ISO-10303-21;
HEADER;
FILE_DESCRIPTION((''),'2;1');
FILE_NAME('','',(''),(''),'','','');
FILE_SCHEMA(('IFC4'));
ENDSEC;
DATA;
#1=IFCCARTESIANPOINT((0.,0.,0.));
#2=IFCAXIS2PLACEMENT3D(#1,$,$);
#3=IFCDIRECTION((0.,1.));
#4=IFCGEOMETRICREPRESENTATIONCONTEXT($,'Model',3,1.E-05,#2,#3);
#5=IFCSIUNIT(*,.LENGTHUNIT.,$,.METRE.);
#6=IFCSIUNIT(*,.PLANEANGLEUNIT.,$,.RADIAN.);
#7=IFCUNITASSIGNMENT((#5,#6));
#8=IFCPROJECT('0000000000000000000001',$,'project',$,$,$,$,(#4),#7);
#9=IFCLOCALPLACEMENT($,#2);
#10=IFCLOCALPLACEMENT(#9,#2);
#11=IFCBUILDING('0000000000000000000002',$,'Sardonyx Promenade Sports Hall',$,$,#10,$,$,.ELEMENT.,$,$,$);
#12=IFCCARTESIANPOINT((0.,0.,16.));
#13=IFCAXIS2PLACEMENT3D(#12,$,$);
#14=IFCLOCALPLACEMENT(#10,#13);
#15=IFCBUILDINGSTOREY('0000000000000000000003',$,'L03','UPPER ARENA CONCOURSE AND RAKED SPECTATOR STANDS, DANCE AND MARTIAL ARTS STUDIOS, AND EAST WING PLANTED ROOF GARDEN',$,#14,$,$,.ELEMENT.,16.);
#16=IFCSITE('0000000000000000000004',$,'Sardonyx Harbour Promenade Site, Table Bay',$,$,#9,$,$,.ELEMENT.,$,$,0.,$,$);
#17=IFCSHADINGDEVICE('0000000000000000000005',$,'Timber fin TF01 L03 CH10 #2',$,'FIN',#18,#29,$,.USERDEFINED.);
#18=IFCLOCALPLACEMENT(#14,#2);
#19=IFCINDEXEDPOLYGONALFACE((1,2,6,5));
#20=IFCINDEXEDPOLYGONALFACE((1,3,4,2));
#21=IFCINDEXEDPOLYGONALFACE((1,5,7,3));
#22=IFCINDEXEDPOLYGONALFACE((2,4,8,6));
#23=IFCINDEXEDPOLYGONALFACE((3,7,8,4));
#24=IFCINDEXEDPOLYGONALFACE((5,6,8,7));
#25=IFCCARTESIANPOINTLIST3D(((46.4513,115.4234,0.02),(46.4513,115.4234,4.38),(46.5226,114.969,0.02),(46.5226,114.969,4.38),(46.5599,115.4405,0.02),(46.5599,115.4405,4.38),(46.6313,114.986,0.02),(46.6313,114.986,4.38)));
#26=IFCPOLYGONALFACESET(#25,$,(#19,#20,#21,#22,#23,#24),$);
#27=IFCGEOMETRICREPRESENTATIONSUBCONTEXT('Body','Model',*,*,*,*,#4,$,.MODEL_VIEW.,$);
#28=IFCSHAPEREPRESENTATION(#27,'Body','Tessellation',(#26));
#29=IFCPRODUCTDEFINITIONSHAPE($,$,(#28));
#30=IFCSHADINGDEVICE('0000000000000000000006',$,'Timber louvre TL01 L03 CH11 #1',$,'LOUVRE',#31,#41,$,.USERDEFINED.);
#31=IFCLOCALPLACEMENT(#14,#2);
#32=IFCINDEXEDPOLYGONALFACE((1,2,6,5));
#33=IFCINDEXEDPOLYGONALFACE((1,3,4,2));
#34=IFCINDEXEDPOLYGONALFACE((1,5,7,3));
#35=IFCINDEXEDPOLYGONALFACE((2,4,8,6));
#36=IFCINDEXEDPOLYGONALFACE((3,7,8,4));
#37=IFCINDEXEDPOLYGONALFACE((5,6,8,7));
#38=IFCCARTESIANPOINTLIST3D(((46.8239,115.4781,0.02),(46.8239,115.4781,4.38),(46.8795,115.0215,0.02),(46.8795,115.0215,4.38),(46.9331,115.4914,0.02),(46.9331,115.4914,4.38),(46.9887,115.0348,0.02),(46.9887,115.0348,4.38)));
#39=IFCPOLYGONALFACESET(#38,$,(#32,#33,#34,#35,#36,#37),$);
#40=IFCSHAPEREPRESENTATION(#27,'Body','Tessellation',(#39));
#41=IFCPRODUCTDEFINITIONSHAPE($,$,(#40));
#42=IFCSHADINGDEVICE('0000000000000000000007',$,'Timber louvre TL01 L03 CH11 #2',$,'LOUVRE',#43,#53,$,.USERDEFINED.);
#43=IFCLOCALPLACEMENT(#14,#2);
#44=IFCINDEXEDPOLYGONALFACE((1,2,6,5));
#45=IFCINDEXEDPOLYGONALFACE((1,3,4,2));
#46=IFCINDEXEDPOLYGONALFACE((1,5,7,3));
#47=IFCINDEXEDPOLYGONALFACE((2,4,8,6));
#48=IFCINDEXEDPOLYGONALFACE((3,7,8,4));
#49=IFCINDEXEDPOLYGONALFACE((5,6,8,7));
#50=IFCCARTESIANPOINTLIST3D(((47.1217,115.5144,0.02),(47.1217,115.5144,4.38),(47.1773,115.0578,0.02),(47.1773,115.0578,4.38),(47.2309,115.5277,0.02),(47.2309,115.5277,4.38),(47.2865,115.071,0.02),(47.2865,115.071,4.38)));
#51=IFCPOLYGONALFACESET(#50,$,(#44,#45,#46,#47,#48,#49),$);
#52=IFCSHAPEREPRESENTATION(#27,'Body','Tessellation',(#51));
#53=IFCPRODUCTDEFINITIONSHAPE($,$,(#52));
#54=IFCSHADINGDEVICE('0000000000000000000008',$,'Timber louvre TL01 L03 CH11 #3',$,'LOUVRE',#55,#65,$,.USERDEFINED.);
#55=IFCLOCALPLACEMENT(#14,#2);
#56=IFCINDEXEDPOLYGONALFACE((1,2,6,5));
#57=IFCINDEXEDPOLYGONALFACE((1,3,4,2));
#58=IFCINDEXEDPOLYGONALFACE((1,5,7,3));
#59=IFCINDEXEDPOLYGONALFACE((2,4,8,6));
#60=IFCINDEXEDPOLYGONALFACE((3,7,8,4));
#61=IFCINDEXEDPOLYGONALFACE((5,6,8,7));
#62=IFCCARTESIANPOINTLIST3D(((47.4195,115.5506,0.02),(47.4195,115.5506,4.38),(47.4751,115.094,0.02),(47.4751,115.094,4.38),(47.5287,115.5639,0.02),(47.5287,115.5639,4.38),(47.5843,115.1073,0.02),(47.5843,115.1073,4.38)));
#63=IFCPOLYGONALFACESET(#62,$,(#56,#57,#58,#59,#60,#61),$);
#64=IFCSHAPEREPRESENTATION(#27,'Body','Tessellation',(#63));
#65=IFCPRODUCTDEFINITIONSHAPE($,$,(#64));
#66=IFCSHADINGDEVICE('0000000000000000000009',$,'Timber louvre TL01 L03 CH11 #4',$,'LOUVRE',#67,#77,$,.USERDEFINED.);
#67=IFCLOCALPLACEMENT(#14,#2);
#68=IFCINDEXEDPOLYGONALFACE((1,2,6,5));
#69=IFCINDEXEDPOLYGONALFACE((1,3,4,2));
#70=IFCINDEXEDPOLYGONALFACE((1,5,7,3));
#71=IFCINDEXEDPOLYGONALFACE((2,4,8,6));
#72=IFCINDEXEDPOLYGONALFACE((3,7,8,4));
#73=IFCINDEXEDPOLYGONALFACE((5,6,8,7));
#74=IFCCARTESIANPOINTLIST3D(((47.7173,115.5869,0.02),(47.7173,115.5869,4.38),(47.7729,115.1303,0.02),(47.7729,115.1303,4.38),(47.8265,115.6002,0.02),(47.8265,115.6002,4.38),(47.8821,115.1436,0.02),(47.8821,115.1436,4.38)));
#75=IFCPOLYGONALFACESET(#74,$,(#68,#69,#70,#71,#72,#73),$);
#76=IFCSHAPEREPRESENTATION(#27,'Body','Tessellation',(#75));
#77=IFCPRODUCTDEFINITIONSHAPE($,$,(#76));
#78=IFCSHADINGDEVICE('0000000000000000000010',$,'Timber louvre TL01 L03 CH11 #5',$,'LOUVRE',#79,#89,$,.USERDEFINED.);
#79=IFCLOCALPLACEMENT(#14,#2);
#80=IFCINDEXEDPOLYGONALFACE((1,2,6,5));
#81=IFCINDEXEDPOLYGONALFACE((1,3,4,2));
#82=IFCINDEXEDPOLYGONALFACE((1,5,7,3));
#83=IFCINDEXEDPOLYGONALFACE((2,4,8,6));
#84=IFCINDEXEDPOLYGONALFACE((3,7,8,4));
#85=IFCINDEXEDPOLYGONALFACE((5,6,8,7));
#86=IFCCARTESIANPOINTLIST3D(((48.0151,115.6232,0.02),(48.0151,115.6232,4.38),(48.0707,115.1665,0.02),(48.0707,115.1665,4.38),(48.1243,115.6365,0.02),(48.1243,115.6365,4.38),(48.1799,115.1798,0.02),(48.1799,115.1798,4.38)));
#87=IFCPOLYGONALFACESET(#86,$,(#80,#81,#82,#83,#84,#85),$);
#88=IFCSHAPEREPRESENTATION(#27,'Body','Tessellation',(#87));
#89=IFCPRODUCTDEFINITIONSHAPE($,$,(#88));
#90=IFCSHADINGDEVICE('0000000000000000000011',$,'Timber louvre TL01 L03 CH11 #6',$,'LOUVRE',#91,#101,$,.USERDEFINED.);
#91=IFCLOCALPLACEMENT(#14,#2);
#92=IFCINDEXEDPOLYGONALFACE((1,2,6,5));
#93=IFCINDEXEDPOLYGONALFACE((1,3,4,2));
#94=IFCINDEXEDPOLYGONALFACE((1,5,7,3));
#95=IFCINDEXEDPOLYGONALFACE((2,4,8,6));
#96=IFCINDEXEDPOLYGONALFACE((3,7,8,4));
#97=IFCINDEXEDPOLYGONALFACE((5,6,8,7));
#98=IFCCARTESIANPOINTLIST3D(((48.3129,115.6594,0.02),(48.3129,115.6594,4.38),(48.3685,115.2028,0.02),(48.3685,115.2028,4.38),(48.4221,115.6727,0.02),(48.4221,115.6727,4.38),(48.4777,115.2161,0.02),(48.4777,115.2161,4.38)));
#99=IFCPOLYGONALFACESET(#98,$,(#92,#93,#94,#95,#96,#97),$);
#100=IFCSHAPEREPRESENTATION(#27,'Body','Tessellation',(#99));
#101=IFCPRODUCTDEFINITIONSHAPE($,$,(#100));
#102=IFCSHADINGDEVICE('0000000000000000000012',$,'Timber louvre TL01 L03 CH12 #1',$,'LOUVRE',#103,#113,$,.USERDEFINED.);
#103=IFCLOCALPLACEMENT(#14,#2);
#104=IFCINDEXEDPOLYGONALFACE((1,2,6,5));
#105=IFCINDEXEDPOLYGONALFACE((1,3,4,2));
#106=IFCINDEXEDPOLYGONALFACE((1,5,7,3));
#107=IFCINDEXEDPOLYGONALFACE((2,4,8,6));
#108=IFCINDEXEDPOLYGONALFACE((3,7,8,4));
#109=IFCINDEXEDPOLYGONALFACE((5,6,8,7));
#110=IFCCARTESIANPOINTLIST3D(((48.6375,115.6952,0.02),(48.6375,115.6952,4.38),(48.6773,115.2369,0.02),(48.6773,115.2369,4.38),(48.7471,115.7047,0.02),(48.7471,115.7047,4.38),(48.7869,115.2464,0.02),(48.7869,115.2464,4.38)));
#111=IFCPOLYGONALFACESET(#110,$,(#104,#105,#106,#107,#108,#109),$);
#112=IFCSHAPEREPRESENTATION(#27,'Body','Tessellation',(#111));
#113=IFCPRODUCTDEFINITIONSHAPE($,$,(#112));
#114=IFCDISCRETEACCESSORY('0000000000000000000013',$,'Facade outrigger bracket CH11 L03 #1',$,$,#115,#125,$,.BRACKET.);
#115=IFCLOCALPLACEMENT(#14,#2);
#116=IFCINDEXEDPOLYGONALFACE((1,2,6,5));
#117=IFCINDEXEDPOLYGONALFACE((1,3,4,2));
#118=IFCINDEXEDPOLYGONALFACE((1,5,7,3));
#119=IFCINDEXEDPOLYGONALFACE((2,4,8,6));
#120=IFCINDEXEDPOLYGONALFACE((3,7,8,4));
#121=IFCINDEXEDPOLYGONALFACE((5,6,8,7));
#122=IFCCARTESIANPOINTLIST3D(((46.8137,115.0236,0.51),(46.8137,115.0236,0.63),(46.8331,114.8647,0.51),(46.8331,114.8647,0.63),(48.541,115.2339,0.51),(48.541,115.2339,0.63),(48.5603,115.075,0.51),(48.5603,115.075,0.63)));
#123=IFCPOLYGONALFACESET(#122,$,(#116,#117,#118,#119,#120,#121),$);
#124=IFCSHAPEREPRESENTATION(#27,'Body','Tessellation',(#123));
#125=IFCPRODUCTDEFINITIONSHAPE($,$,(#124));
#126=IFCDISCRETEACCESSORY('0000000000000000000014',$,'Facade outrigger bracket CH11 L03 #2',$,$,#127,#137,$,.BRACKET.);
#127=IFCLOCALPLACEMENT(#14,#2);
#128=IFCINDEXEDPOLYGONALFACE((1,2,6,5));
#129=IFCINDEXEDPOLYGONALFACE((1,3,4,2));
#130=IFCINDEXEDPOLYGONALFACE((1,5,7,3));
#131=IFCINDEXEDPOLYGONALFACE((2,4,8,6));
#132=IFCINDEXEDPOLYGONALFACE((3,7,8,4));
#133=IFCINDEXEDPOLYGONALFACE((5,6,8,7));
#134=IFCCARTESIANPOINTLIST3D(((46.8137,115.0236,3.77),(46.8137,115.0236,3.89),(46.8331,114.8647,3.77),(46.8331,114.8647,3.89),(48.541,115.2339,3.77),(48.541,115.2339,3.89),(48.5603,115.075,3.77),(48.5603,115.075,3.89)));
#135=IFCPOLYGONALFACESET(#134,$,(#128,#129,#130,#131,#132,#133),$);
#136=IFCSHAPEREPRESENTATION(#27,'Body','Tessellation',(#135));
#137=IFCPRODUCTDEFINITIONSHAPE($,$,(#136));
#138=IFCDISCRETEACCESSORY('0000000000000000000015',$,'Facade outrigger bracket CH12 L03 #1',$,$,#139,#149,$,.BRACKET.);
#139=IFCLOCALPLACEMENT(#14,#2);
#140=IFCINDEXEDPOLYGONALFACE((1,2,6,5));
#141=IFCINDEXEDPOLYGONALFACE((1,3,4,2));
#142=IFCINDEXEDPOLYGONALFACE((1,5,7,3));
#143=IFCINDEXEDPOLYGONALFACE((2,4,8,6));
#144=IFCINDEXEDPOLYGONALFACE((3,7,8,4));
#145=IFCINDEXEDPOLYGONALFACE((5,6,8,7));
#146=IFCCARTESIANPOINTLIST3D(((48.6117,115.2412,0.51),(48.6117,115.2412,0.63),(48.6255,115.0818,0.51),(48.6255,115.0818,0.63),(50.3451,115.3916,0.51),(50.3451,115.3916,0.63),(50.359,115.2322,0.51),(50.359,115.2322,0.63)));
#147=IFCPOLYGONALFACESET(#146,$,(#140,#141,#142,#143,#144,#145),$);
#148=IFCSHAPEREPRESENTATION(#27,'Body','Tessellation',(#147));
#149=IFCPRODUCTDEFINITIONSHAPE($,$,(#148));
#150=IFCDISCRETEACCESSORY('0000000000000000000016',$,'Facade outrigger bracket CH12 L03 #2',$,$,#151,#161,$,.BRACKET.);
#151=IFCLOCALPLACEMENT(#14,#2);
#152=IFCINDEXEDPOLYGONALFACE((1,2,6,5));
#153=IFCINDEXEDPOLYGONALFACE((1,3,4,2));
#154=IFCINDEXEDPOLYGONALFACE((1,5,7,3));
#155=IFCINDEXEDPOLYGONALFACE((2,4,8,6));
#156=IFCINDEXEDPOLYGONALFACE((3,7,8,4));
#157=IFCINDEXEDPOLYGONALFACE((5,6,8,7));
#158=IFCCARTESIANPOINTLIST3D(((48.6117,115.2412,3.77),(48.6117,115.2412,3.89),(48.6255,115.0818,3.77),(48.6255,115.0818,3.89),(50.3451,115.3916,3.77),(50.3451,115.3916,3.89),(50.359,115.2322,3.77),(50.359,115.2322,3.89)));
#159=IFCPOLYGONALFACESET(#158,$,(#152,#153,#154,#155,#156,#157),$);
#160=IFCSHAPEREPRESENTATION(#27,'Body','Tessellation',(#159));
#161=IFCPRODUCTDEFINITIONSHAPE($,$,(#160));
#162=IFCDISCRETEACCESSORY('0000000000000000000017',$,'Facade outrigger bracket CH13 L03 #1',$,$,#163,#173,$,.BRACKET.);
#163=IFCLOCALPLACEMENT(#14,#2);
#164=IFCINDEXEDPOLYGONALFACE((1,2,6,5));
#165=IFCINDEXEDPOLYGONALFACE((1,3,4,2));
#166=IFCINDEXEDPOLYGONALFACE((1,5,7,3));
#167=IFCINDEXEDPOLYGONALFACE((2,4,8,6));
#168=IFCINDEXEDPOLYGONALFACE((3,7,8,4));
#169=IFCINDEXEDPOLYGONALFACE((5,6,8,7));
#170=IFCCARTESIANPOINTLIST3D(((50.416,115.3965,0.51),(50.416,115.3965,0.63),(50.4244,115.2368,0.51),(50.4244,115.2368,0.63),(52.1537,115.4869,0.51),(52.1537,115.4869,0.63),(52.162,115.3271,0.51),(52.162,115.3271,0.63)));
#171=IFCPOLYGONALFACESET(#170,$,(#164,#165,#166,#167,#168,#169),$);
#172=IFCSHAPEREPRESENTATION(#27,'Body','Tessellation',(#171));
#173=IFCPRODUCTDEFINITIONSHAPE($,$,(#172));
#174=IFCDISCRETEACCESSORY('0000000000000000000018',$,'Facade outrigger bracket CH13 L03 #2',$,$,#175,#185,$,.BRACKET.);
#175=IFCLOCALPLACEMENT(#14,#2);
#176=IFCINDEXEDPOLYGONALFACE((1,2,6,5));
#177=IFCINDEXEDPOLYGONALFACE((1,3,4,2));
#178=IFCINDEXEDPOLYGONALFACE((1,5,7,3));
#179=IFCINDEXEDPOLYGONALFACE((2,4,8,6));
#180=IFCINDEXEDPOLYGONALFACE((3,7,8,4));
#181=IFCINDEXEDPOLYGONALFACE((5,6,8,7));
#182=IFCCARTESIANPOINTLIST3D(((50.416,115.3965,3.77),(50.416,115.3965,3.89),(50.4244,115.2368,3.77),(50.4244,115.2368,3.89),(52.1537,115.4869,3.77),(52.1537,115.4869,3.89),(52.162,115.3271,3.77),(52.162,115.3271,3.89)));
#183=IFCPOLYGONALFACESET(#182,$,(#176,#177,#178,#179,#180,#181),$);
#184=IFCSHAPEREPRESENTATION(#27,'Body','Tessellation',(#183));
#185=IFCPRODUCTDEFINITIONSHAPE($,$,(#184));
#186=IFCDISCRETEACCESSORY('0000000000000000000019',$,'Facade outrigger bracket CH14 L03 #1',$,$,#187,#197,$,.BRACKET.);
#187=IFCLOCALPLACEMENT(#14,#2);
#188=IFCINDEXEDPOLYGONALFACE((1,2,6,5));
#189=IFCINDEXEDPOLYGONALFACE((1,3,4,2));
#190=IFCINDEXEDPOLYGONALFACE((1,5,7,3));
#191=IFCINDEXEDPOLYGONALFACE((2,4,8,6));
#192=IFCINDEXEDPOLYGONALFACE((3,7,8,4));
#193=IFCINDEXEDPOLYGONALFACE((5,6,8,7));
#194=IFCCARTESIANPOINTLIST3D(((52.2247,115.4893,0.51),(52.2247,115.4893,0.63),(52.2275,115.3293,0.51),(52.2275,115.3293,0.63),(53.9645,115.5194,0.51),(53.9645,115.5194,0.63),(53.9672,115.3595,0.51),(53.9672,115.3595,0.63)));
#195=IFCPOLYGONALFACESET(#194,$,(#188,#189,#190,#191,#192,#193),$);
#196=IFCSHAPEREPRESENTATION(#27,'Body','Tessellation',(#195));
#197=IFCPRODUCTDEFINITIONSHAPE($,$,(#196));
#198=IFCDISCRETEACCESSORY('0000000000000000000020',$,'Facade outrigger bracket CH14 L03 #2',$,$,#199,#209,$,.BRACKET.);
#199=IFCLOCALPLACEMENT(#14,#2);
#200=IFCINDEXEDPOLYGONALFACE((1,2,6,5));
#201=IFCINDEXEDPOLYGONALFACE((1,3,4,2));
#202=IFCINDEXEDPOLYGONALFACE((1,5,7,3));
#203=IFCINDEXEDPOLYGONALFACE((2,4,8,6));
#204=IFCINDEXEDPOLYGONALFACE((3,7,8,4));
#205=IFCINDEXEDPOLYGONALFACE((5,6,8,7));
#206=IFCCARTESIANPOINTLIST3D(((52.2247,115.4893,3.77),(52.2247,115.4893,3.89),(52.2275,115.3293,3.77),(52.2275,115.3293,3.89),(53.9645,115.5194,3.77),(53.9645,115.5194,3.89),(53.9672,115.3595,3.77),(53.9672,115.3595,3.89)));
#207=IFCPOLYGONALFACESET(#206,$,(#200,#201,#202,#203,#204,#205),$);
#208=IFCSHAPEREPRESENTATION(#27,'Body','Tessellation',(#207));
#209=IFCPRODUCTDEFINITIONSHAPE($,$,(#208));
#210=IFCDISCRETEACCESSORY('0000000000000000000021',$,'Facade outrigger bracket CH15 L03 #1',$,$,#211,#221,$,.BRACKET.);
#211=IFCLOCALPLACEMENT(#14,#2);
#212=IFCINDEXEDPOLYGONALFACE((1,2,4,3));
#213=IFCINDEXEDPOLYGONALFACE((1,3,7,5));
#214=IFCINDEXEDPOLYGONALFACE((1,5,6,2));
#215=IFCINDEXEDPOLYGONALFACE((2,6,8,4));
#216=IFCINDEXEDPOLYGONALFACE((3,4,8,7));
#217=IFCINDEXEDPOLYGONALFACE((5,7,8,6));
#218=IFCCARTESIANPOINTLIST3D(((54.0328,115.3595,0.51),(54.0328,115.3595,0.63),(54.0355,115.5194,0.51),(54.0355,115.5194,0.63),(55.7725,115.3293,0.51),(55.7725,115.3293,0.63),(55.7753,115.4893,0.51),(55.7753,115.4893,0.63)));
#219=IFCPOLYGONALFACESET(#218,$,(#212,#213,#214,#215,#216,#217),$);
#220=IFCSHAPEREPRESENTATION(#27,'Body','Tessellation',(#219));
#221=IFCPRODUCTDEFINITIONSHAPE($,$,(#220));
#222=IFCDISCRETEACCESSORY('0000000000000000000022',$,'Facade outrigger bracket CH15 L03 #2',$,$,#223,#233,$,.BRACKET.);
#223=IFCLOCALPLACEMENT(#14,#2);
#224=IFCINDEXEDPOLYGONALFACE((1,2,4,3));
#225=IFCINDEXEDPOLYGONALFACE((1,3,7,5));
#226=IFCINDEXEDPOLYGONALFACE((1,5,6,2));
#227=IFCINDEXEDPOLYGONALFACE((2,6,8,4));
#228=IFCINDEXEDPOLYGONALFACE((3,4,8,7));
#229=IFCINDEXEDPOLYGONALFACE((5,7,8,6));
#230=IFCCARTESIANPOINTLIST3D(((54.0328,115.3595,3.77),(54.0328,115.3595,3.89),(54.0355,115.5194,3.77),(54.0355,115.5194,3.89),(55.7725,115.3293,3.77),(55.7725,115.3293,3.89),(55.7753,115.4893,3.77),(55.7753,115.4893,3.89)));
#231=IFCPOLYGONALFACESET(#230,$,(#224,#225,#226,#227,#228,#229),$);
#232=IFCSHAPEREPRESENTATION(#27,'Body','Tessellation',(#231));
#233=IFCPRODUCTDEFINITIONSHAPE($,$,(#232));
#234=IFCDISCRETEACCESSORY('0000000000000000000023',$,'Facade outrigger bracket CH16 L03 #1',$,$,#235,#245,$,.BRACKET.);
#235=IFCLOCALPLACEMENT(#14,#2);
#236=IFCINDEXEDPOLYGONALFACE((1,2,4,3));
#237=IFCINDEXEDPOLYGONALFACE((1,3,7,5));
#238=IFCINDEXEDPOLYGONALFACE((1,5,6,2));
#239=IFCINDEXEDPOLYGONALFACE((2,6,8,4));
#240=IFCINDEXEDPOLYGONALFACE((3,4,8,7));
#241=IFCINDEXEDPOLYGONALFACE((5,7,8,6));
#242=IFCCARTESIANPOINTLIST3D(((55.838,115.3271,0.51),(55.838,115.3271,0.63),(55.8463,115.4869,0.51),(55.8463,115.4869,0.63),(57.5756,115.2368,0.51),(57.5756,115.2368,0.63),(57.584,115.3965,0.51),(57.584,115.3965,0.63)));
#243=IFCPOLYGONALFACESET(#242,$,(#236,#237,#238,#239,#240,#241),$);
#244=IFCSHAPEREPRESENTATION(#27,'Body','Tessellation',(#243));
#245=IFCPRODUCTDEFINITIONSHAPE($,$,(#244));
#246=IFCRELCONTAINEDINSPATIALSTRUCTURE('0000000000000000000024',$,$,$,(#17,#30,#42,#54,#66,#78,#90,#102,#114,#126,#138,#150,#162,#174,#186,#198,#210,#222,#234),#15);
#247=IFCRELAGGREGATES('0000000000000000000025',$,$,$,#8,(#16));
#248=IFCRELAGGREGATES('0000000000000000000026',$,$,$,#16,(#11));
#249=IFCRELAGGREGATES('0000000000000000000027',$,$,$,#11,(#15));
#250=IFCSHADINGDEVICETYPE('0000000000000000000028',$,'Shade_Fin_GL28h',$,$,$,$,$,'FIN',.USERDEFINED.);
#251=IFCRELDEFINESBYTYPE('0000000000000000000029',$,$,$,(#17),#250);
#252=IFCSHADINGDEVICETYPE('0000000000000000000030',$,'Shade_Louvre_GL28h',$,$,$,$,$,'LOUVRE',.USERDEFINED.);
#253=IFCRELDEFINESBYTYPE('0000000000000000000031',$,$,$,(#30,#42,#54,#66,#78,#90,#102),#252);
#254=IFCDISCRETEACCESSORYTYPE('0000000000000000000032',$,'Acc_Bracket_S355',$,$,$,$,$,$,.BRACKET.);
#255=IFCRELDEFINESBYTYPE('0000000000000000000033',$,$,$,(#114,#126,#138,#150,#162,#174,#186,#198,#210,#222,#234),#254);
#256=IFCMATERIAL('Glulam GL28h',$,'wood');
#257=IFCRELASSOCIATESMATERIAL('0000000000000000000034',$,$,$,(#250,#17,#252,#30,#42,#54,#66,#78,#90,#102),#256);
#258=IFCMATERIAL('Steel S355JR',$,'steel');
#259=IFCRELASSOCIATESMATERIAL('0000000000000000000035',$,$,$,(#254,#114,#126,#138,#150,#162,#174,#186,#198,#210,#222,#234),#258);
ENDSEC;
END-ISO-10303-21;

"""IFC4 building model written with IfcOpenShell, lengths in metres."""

from ifc_helpers import new_model, si_unit, direction, frame, origin, place, context, subcontext, project, spatial, rectangle, extrude, material, type_object, element, save


model = new_model("IFC4")

# Units and contexts
model_context = context("Model", 3, precision=1e-05, world=origin(), true_north=direction((0.0, 1.0)))
body_context = subcontext(model_context, "Body", "Model", "MODEL_VIEW")
ifc_project = project(units=[si_unit("LENGTHUNIT", "METRE"), si_unit("PLANEANGLEUNIT", "RADIAN")], contexts=[model_context])

# Site, building, storey
site_placement = place(None, origin())
site = spatial("IfcSite", under=ifc_project, at=site_placement, Name="Sardonyx Harbour Promenade Site, Table Bay", CompositionType="ELEMENT", RefElevation=0.0)
building_placement = place(site_placement, origin())
building = spatial("IfcBuilding", under=site, at=building_placement, Name="Sardonyx Promenade Sports Hall", CompositionType="ELEMENT")
storey_placement = place(building_placement, frame((0.0, 0.0, 16.0)))
storey = spatial("IfcBuildingStorey", under=building, at=storey_placement, Name="L03", Description="UPPER ARENA CONCOURSE AND RAKED SPECTATOR STANDS, DANCE AND MARTIAL ARTS STUDIOS, AND EAST WING PLANTED ROOF GARDEN", CompositionType="ELEMENT", Elevation=16.0)

# Shading devices
ifc_material_1 = material(Name="Glulam GL28h", Category="wood")
shading_device_type_1 = type_object("IfcShadingDeviceType", Name="Shade_Fin_GL28h", ElementType="FIN", PredefinedType="USERDEFINED", material=ifc_material_1)
shading_device_placement = place(storey_placement, frame((46.5413, 115.2047, 0.02), z_axis=(0.0, 0.0, 1.0), x_axis=(0.987891, 0.155148, 0.0)))
element("IfcShadingDevice", 1, at=shading_device_placement, inside=storey, type_object=shading_device_type_1, material=ifc_material_1, Name="Timber fin TF01 L03 CH10 #2", ObjectType="FIN", PredefinedType="USERDEFINED", context=body_context, shape_type="SweptSolid", body=[
    extrude(rectangle(XDim=0.11, YDim=0.46), origin(), (0.0, 0.0, 1.0), 4.36),
])
shading_device_type_2 = type_object("IfcShadingDeviceType", Name="Shade_Louvre_GL28h", ElementType="LOUVRE", PredefinedType="USERDEFINED", material=ifc_material_1)
for number, where, z_axis, x_axis, name in (
    (2, (46.9063, 115.2565, 0.02), (0.0, 0.0, 1.0), (0.992669, 0.120863, 0.0), "Timber louvre TL01 L03 CH11 #1"),
    (3, (47.2041, 115.2927, 0.02), (0.0, 0.0, 1.0), (0.992669, 0.120863, 0.0), "Timber louvre TL01 L03 CH11 #2"),
    (4, (47.5019, 115.329, 0.02), (0.0, 0.0, 1.0), (0.992669, 0.120863, 0.0), "Timber louvre TL01 L03 CH11 #3"),
    (5, (47.7997, 115.3652, 0.02), (0.0, 0.0, 1.0), (0.992669, 0.120863, 0.0), "Timber louvre TL01 L03 CH11 #4"),
    (6, (48.0975, 115.4015, 0.02), (0.0, 0.0, 1.0), (0.992669, 0.120863, 0.0), "Timber louvre TL01 L03 CH11 #5"),
    (7, (48.3953, 115.4378, 0.02), (0.0, 0.0, 1.0), (0.992669, 0.120863, 0.0), "Timber louvre TL01 L03 CH11 #6"),
    (8, (48.7122, 115.4708, 0.02), (0.0, 0.0, 1.0), (0.996258, 0.086434, 0.0), "Timber louvre TL01 L03 CH12 #1"),
):
    element("IfcShadingDevice", number, at=place(storey_placement, frame(where, z_axis=z_axis, x_axis=x_axis)), inside=storey, type_object=shading_device_type_2, material=ifc_material_1, Name=name, ObjectType="LOUVRE", PredefinedType="USERDEFINED", context=body_context, shape_type="SweptSolid", body=[
        extrude(rectangle(XDim=0.11, YDim=0.46), origin(), (0.0, 0.0, 1.0), 4.36),
    ])

# Discrete accessories
ifc_material_2 = material(Name="Steel S355JR", Category="steel")
discrete_accessory_type = type_object("IfcDiscreteAccessoryType", Name="Acc_Bracket_S355", PredefinedType="BRACKET", material=ifc_material_2)
for number, where, z_axis, x_axis, name in (
    (9, (47.687, 115.0493, 0.51), (0.0, 0.0, 1.0), (0.992669, 0.120863, 0.0), "Facade outrigger bracket CH11 L03 #1"),
    (10, (47.687, 115.0493, 3.77), (0.0, 0.0, 1.0), (0.992669, 0.120863, 0.0), "Facade outrigger bracket CH11 L03 #2"),
    (11, (49.4853, 115.2367, 0.51), (0.0, 0.0, 1.0), (0.996258, 0.086434, 0.0), "Facade outrigger bracket CH12 L03 #1"),
    (12, (49.4853, 115.2367, 3.77), (0.0, 0.0, 1.0), (0.996258, 0.086434, 0.0), "Facade outrigger bracket CH12 L03 #2"),
    (13, (51.289, 115.3618, 0.51), (0.0, 0.0, 1.0), (0.998652, 0.051902, 0.0), "Facade outrigger bracket CH13 L03 #1"),
    (14, (51.289, 115.3618, 3.77), (0.0, 0.0, 1.0), (0.998652, 0.051902, 0.0), "Facade outrigger bracket CH13 L03 #2"),
    (15, (53.096, 115.4244, 0.51), (0.0, 0.0, 1.0), (0.99985, 0.017308, 0.0), "Facade outrigger bracket CH14 L03 #1"),
    (16, (53.096, 115.4244, 3.77), (0.0, 0.0, 1.0), (0.99985, 0.017308, 0.0), "Facade outrigger bracket CH14 L03 #2"),
    (17, (54.904, 115.4244, 0.51), (0.0, 0.0, 1.0), (0.99985, -0.017308, 0.0), "Facade outrigger bracket CH15 L03 #1"),
    (18, (54.904, 115.4244, 3.77), (0.0, 0.0, 1.0), (0.99985, -0.017308, 0.0), "Facade outrigger bracket CH15 L03 #2"),
    (19, (56.711, 115.3618, 0.51), (0.0, 0.0, 1.0), (0.998652, -0.051902, 0.0), "Facade outrigger bracket CH16 L03 #1"),
):
    element("IfcDiscreteAccessory", number, at=place(storey_placement, frame(where, z_axis=z_axis, x_axis=x_axis)), inside=storey, type_object=discrete_accessory_type, material=ifc_material_2, Name=name, PredefinedType="BRACKET", context=body_context, shape_type="SweptSolid", body=[
        extrude(rectangle(XDim=1.74, YDim=0.16), origin(), (0.0, 0.0, 1.0), 0.12),
    ])

save(model, "model.ifc")
